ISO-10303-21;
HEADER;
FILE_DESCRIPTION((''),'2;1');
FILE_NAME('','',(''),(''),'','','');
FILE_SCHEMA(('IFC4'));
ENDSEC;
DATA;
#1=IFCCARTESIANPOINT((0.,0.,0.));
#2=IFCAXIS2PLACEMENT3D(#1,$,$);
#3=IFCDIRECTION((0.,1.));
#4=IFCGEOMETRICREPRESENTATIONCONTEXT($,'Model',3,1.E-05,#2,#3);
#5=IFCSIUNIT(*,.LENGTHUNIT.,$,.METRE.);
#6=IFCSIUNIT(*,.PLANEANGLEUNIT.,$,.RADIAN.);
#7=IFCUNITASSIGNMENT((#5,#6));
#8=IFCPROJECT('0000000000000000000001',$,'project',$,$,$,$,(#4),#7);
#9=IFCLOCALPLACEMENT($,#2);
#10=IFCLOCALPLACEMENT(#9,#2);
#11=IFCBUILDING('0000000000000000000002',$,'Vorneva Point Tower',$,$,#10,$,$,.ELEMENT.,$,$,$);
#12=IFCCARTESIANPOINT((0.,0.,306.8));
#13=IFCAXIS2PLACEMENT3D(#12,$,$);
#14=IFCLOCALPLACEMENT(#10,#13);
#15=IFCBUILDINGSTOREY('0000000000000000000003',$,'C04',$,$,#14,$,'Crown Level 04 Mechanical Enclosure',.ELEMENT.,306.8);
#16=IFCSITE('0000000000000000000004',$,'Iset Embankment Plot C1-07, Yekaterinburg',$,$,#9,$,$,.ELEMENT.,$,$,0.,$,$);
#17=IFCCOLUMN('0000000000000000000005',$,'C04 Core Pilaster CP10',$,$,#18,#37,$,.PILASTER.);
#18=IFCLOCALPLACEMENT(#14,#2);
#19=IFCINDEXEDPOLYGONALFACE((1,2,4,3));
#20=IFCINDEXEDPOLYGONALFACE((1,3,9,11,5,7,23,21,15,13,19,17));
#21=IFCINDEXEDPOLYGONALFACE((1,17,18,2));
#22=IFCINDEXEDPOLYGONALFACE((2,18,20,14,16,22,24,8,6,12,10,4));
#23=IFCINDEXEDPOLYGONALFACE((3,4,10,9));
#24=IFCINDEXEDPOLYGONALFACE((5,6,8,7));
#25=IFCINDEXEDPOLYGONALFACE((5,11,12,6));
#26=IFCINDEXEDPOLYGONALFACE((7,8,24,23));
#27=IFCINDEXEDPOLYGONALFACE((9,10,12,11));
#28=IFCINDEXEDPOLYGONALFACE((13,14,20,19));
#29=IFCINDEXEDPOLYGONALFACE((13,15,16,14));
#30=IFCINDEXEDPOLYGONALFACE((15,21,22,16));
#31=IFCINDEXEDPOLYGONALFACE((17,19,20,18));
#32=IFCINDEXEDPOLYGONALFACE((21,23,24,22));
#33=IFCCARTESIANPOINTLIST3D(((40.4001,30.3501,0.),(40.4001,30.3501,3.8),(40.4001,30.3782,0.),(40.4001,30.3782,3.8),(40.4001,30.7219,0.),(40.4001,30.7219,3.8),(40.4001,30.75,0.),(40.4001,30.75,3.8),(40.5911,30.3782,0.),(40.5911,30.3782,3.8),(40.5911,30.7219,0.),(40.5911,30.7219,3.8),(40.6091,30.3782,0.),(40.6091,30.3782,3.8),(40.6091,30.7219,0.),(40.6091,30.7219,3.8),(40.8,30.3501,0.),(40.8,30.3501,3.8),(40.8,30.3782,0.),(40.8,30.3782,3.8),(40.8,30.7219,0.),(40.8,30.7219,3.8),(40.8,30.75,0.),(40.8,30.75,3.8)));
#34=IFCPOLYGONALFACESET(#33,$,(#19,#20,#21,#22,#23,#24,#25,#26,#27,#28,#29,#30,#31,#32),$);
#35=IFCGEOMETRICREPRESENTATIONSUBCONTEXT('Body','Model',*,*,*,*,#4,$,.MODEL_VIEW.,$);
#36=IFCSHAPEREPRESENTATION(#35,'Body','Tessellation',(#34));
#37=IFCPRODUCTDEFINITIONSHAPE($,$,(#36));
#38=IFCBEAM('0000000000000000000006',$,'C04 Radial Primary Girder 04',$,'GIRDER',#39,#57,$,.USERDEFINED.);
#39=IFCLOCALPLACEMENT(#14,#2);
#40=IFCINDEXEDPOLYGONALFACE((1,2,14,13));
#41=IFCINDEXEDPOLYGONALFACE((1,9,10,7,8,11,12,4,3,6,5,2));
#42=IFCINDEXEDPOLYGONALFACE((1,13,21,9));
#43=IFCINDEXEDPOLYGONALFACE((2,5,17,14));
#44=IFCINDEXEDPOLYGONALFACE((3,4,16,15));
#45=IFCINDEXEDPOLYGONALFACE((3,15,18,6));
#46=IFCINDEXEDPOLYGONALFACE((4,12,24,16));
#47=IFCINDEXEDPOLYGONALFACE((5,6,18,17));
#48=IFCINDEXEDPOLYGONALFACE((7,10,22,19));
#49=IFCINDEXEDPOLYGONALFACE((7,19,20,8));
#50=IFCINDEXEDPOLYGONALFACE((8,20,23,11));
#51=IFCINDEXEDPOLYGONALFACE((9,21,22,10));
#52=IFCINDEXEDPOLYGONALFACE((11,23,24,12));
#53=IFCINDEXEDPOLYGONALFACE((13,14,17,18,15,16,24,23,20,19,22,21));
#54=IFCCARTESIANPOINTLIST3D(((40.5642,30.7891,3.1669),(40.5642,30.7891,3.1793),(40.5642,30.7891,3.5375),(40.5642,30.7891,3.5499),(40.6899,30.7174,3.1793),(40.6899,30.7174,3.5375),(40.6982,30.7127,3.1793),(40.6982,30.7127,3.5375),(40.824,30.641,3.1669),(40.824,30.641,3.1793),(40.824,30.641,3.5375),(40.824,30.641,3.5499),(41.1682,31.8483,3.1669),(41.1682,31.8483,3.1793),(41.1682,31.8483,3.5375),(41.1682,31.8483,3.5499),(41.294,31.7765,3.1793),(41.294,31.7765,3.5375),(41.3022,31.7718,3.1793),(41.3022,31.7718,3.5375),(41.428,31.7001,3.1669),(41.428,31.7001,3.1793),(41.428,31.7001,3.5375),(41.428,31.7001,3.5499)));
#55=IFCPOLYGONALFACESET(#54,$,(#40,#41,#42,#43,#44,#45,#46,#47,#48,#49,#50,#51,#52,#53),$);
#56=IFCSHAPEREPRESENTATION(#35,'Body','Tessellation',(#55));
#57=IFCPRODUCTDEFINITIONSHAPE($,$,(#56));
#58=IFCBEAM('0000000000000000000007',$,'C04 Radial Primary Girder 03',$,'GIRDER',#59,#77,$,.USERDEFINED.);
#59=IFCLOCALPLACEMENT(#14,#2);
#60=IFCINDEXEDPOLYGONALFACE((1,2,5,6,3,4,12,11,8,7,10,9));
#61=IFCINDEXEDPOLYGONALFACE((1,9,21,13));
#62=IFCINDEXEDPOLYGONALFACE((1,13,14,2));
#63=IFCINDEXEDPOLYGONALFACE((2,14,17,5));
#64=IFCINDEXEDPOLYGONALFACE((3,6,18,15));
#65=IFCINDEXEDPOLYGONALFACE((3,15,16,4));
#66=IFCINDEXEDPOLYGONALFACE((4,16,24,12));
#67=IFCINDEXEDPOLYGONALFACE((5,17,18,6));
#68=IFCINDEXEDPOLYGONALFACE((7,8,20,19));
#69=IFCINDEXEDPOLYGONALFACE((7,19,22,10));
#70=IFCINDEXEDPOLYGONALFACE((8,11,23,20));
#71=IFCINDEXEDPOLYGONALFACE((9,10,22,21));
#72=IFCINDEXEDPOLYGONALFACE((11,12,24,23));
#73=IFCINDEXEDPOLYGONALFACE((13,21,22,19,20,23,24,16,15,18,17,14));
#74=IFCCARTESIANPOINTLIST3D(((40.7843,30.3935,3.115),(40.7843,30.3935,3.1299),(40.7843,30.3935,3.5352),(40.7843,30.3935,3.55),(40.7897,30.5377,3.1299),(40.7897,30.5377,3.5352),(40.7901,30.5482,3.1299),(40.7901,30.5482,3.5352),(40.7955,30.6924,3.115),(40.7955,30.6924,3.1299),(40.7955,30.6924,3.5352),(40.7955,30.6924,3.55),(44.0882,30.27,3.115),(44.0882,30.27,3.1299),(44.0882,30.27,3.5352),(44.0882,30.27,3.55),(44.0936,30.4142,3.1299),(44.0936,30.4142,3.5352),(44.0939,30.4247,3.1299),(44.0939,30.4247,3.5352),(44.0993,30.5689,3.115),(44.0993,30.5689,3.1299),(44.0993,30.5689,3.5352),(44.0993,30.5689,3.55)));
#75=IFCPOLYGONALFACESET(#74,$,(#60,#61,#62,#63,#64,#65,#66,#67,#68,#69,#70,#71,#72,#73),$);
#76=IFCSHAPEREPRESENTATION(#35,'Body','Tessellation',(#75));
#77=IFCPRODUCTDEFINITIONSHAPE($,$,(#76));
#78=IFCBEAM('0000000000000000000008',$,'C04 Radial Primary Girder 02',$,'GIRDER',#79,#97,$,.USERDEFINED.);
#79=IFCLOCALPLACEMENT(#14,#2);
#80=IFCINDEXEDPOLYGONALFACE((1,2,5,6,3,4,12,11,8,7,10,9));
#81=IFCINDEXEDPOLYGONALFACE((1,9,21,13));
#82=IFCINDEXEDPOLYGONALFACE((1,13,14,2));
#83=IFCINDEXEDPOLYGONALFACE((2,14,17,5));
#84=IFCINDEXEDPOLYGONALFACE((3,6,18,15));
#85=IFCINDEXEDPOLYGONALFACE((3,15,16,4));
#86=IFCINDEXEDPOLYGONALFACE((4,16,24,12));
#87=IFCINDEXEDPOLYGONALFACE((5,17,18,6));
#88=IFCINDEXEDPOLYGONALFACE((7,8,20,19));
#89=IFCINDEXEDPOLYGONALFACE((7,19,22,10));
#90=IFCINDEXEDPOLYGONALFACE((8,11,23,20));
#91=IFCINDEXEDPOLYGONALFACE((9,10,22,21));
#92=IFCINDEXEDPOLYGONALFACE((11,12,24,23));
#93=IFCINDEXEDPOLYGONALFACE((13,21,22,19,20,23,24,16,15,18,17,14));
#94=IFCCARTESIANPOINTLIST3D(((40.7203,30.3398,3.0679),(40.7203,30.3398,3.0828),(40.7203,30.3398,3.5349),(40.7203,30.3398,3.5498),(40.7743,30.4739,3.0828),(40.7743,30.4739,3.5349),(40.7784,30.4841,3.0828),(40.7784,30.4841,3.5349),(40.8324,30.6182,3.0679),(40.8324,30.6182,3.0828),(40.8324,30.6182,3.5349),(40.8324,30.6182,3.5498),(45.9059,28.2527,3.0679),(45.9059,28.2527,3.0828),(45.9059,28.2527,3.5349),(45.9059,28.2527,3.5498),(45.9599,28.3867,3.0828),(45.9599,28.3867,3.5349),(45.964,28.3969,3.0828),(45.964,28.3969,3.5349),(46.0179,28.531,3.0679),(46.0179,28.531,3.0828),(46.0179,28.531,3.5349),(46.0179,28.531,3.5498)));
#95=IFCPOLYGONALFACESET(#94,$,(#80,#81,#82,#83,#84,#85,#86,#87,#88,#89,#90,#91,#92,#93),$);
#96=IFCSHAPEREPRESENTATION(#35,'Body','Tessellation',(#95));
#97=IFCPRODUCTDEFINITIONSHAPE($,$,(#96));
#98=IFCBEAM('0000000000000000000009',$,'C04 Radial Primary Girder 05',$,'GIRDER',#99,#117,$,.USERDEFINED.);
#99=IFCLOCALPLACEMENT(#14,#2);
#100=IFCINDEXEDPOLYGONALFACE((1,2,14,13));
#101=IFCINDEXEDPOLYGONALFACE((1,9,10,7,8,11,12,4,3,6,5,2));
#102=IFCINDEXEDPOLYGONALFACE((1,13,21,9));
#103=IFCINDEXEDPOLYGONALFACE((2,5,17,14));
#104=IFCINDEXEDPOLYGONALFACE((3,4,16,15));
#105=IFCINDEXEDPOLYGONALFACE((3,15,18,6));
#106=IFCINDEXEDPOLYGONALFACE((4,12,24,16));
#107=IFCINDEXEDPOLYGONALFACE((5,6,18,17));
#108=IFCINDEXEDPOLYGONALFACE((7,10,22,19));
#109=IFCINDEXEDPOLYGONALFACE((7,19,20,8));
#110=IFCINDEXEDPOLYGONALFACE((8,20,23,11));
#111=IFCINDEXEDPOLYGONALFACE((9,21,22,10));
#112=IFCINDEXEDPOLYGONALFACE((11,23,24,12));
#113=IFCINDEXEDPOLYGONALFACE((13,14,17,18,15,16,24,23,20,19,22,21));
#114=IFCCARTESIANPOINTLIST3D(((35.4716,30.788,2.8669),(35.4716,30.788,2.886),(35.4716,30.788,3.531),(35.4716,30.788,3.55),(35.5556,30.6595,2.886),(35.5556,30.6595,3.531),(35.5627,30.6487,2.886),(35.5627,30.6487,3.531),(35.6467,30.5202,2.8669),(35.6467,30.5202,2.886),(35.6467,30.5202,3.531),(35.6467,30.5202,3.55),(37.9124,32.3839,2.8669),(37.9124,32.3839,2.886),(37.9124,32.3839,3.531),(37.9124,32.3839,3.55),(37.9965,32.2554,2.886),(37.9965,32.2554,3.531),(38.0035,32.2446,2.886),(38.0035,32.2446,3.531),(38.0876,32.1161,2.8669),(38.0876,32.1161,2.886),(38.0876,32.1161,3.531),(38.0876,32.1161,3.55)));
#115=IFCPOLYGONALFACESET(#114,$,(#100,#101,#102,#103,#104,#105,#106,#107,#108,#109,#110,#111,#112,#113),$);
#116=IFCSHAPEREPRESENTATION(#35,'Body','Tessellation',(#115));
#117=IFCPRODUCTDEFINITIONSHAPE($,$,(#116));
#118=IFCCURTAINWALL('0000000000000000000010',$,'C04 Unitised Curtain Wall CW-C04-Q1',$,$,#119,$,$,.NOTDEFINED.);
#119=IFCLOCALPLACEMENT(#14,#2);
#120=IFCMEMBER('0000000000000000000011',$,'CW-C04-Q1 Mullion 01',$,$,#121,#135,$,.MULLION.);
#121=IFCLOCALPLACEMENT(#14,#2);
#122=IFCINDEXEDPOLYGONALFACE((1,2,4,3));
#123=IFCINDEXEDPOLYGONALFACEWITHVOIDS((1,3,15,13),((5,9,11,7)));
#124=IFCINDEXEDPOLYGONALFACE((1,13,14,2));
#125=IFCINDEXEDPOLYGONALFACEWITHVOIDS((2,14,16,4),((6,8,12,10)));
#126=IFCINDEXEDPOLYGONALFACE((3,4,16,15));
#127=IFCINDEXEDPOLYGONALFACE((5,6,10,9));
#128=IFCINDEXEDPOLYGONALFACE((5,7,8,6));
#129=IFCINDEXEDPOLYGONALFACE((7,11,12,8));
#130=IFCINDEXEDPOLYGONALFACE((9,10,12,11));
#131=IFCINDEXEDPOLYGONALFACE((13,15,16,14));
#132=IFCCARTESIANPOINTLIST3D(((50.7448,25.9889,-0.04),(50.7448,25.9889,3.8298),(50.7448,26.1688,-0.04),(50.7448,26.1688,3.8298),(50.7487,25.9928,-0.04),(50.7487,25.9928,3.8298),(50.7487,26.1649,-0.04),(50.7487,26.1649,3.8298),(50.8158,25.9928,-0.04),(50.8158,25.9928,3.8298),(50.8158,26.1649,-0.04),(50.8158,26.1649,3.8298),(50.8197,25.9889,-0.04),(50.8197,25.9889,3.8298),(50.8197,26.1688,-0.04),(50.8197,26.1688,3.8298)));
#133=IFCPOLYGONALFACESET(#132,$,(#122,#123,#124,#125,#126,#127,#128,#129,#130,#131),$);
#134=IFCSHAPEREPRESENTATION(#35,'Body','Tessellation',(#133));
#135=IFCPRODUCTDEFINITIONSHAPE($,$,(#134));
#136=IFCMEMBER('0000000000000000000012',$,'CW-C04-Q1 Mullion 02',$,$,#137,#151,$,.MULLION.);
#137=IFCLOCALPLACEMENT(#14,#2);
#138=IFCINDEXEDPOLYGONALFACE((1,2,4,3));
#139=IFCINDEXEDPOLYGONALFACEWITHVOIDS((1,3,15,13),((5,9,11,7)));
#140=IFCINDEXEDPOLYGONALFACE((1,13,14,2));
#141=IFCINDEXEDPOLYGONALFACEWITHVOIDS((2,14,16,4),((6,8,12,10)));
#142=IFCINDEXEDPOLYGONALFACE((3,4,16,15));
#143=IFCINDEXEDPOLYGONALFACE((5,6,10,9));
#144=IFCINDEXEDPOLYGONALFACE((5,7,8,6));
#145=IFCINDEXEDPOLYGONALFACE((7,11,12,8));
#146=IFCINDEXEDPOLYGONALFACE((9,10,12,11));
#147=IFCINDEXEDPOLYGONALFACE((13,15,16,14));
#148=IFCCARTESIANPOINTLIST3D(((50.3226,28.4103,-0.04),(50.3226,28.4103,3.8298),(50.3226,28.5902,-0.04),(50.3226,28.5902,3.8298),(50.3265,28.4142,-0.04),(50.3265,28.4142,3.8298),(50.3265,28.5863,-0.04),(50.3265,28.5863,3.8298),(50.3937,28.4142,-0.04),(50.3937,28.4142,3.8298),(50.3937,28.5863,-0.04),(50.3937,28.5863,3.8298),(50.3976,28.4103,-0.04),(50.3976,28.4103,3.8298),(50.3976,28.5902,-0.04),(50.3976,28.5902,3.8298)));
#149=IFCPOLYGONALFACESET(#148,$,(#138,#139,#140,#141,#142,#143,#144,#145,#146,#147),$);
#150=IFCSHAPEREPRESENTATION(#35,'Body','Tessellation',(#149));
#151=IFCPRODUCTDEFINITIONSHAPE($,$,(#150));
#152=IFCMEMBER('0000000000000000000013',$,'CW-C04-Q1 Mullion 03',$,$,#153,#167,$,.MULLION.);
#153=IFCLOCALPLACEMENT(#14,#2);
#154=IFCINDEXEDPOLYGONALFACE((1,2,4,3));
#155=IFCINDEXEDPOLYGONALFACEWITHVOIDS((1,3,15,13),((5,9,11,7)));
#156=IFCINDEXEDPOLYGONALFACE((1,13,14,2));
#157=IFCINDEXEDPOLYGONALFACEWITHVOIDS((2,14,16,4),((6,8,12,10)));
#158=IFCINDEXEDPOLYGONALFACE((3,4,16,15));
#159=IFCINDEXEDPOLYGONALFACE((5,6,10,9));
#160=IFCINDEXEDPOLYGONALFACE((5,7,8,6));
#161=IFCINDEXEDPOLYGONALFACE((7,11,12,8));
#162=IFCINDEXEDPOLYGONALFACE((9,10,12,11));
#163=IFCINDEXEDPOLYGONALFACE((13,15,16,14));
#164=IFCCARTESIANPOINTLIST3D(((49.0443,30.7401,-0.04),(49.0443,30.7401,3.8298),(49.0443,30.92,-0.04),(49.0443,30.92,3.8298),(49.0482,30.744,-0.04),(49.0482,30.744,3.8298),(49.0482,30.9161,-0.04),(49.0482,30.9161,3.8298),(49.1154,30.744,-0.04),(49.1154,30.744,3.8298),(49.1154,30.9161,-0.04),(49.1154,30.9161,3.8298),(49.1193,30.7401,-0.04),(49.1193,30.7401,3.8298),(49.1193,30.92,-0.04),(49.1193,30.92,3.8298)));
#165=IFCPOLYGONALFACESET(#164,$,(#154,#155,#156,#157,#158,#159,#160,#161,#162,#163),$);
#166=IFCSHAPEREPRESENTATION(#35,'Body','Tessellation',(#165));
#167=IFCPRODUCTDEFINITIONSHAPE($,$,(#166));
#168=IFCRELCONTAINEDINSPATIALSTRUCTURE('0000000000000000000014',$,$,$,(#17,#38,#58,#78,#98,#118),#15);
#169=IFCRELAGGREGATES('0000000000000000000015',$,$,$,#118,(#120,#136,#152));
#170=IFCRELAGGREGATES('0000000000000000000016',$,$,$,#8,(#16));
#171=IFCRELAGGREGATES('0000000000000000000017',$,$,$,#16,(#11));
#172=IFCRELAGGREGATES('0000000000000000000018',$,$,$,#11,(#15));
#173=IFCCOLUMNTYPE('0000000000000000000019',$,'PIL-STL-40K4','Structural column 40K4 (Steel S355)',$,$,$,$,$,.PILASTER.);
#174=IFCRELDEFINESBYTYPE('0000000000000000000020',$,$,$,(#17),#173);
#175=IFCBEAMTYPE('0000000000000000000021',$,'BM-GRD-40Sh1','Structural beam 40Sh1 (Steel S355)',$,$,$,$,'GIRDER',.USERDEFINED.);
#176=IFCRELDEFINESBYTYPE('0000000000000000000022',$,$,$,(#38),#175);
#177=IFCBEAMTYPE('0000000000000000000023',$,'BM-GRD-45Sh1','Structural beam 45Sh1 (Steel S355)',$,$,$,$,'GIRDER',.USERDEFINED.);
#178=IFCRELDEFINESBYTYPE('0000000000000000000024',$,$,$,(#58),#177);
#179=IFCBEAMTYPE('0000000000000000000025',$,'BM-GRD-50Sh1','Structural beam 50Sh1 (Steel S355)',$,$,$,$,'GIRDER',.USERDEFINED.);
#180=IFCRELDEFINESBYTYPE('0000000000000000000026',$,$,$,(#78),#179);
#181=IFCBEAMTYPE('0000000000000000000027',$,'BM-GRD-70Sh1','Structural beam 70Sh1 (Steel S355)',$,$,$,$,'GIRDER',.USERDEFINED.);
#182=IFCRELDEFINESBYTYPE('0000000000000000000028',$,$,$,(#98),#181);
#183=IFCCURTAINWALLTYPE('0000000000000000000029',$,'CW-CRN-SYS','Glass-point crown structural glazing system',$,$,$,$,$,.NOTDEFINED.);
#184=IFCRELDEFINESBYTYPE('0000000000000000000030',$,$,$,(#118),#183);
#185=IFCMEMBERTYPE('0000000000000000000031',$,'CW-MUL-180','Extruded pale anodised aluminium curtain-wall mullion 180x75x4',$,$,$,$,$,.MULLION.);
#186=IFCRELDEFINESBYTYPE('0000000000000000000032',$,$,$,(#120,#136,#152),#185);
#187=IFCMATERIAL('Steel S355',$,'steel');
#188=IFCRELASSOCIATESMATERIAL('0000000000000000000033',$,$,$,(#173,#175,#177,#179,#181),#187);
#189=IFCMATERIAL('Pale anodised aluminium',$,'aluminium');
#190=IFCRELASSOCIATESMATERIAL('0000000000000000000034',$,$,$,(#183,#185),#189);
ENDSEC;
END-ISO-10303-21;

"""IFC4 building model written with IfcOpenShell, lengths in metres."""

from ifc_helpers import new_model, si_unit, direction, frame, origin, origin_2d, place, context, subcontext, project, spatial, hollow_rectangle, i_section, extrude, material, material_profile, profile_set, type_object, element, aggregate, save


model = new_model("IFC4")

# Units and contexts
model_context = context("Model", 3, precision=1e-05, world=origin(), true_north=direction((0.0, 1.0)))
body_context = subcontext(model_context, "Body", "Model", "MODEL_VIEW")
ifc_project = project(units=[si_unit("LENGTHUNIT", "METRE"), si_unit("PLANEANGLEUNIT", "RADIAN")], contexts=[model_context])

# Site, building, storey
site_placement = place(None, origin())
site = spatial("IfcSite", under=ifc_project, at=site_placement, Name="Iset Embankment Plot C1-07, Yekaterinburg", CompositionType="ELEMENT", RefElevation=0.0)
building_placement = place(site_placement, origin())
building = spatial("IfcBuilding", under=site, at=building_placement, Name="Vorneva Point Tower", CompositionType="ELEMENT")
storey_placement = place(building_placement, frame((0.0, 0.0, 306.8)))
storey = spatial("IfcBuildingStorey", under=building, at=storey_placement, Name="C04", LongName="Crown Level 04 Mechanical Enclosure", CompositionType="ELEMENT", Elevation=306.8)

# Column
ifc_material_1 = material(Name="Steel S355", Category="steel")
ifc_material_profile_1 = material_profile(ifc_material_1, i_section(OverallWidth=0.3999, OverallDepth=0.3999, WebThickness=0.0181, FlangeThickness=0.0281, at=origin_2d()), Name="40K4")
ifc_profile_set_1 = profile_set([ifc_material_profile_1], Name="Steel S355")
column_type = type_object("IfcColumnType", Name="PIL-STL-40K4", Description="Structural column 40K4 (Steel S355)", PredefinedType="PILASTER", material=ifc_profile_set_1)
column_placement = place(storey_placement, frame((40.6001, 30.55, 0.0), z_axis=(0.0, 0.0, 1.0), x_axis=(1.0, 0.0, 0.0)))
element("IfcColumn", 1, at=column_placement, inside=storey, type_object=column_type, Name="C04 Core Pilaster CP10", PredefinedType="PILASTER", context=body_context, shape_type="SweptSolid", body=[
    extrude(i_section(OverallWidth=0.3999, OverallDepth=0.3999, WebThickness=0.0181, FlangeThickness=0.0281, at=origin_2d()), origin(), (0.0, 0.0, 1.0), 3.8),
])

# Beams
ifc_material_profile_2 = material_profile(ifc_material_1, i_section(OverallWidth=0.2991, OverallDepth=0.3831, WebThickness=0.0095, FlangeThickness=0.0125, at=origin_2d()), Name="40Sh1")
ifc_profile_set_2 = profile_set([ifc_material_profile_2], Name="Steel S355")
beam_type_1 = type_object("IfcBeamType", Name="BM-GRD-40Sh1", Description="Structural beam 40Sh1 (Steel S355)", ElementType="GIRDER", PredefinedType="USERDEFINED", material=ifc_profile_set_2)
beam_1_placement = place(storey_placement, frame((41.2981, 31.7742, 3.3584), z_axis=(-0.495406, -0.868662, 0.0), x_axis=(0.868662, -0.495406, 0.0)))
element("IfcBeam", 2, at=beam_1_placement, inside=storey, type_object=beam_type_1, Name="C04 Radial Primary Girder 04", ObjectType="GIRDER", PredefinedType="USERDEFINED", context=body_context, shape_type="SweptSolid", body=[
    extrude(i_section(OverallWidth=0.2991, OverallDepth=0.3831, WebThickness=0.0095, FlangeThickness=0.0125, at=origin_2d()), origin(), (0.0, 0.0, 1.0), 1.2192),
])
ifc_material_profile_3 = material_profile(ifc_material_1, i_section(OverallWidth=0.2991, OverallDepth=0.4351, WebThickness=0.0105, FlangeThickness=0.0149, at=origin_2d()), Name="45Sh1")
ifc_profile_set_3 = profile_set([ifc_material_profile_3], Name="Steel S355")
beam_type_2 = type_object("IfcBeamType", Name="BM-GRD-45Sh1", Description="Structural beam 45Sh1 (Steel S355)", ElementType="GIRDER", PredefinedType="USERDEFINED", material=ifc_profile_set_3)
beam_2_placement = place(storey_placement, frame((44.0938, 30.4194, 3.3325), z_axis=(-0.999302, 0.037364, 0.0), x_axis=(-0.037364, -0.999302, 0.0)))
element("IfcBeam", 3, at=beam_2_placement, inside=storey, type_object=beam_type_2, Name="C04 Radial Primary Girder 03", ObjectType="GIRDER", PredefinedType="USERDEFINED", context=body_context, shape_type="SweptSolid", body=[
    extrude(i_section(OverallWidth=0.2991, OverallDepth=0.4351, WebThickness=0.0105, FlangeThickness=0.0149, at=origin_2d()), origin(), (0.0, 0.0, 1.0), 3.3062),
])
ifc_material_profile_4 = material_profile(ifc_material_1, i_section(OverallWidth=0.3, OverallDepth=0.4819, WebThickness=0.011, FlangeThickness=0.0149, at=origin_2d()), Name="50Sh1")
ifc_profile_set_4 = profile_set([ifc_material_profile_4], Name="Steel S355")
beam_type_3 = type_object("IfcBeamType", Name="BM-GRD-50Sh1", Description="Structural beam 50Sh1 (Steel S355)", ElementType="GIRDER", PredefinedType="USERDEFINED", material=ifc_profile_set_4)
beam_3_placement = place(storey_placement, frame((45.9619, 28.3918, 3.3088), z_axis=(-0.927676, 0.373385, 0.0), x_axis=(-0.373385, -0.927676, 0.0)))
element("IfcBeam", 4, at=beam_3_placement, inside=storey, type_object=beam_type_3, Name="C04 Radial Primary Girder 02", ObjectType="GIRDER", PredefinedType="USERDEFINED", context=body_context, shape_type="SweptSolid", body=[
    extrude(i_section(OverallWidth=0.3, OverallDepth=0.4819, WebThickness=0.011, FlangeThickness=0.0149, at=origin_2d()), origin(), (0.0, 0.0, 1.0), 5.5898),
])
ifc_material_profile_5 = material_profile(ifc_material_1, i_section(OverallWidth=0.3201, OverallDepth=0.6831, WebThickness=0.0129, FlangeThickness=0.019, at=origin_2d()), Name="70Sh1")
ifc_profile_set_5 = profile_set([ifc_material_profile_5], Name="Steel S355")
beam_type_4 = type_object("IfcBeamType", Name="BM-GRD-70Sh1", Description="Structural beam 70Sh1 (Steel S355)", ElementType="GIRDER", PredefinedType="USERDEFINED", material=ifc_profile_set_5)
beam_4_placement = place(storey_placement, frame((38.0, 32.25, 3.2085), z_axis=(-0.836976, -0.54724, 0.0), x_axis=(0.54724, -0.836976, 0.0)))
element("IfcBeam", 5, at=beam_4_placement, inside=storey, type_object=beam_type_4, Name="C04 Radial Primary Girder 05", ObjectType="GIRDER", PredefinedType="USERDEFINED", context=body_context, shape_type="SweptSolid", body=[
    extrude(i_section(OverallWidth=0.3201, OverallDepth=0.6831, WebThickness=0.0129, FlangeThickness=0.019, at=origin_2d()), origin(), (0.0, 0.0, 1.0), 2.9163),
])

# Curtain wall, members
ifc_material_2 = material(Name="Pale anodised aluminium", Category="aluminium")
curtain_wall_type = type_object("IfcCurtainWallType", Name="CW-CRN-SYS", Description="Glass-point crown structural glazing system", PredefinedType="NOTDEFINED", material=ifc_material_2)
curtain_wall_placement = place(storey_placement, origin())
curtain_wall = element("IfcCurtainWall", 6, at=curtain_wall_placement, inside=storey, type_object=curtain_wall_type, Name="C04 Unitised Curtain Wall CW-C04-Q1", PredefinedType="NOTDEFINED")
ifc_material_profile_6 = material_profile(ifc_material_2, hollow_rectangle(XDim=0.075, YDim=0.1799, WallThickness=0.0039, at=origin_2d()), Name="AL-MUL 180x75x4")
ifc_profile_set_6 = profile_set([ifc_material_profile_6], Name="Pale anodised aluminium")
member_type_1 = type_object("IfcMemberType", Name="CW-MUL-180", Description="Extruded pale anodised aluminium curtain-wall mullion 180x75x4", PredefinedType="MULLION", material=ifc_profile_set_6)
member_1_placement = place(storey_placement, frame((50.7822, 26.0789, -0.04), z_axis=(0.0, 0.0, 1.0), x_axis=(1.0, 0.0, 0.0)))
member_1 = element("IfcMember", 7, at=member_1_placement, type_object=member_type_1, Name="CW-C04-Q1 Mullion 01", PredefinedType="MULLION", context=body_context, shape_type="SweptSolid", body=[
    extrude(hollow_rectangle(XDim=0.075, YDim=0.1799, WallThickness=0.0039, at=origin_2d()), origin(), (0.0, 0.0, 1.0), 3.8699),
])
member_2_placement = place(storey_placement, frame((50.3601, 28.5002, -0.04), z_axis=(0.0, 0.0, 1.0), x_axis=(1.0, 0.0, 0.0)))
member_2 = element("IfcMember", 8, at=member_2_placement, type_object=member_type_1, Name="CW-C04-Q1 Mullion 02", PredefinedType="MULLION", context=body_context, shape_type="SweptSolid", body=[
    extrude(hollow_rectangle(XDim=0.075, YDim=0.1799, WallThickness=0.0039, at=origin_2d()), origin(), (0.0, 0.0, 1.0), 3.8699),
])
member_3_placement = place(storey_placement, frame((49.0818, 30.8301, -0.04), z_axis=(0.0, 0.0, 1.0), x_axis=(1.0, 0.0, 0.0)))
member_3 = element("IfcMember", 9, at=member_3_placement, type_object=member_type_1, Name="CW-C04-Q1 Mullion 03", PredefinedType="MULLION", context=body_context, shape_type="SweptSolid", body=[
    extrude(hollow_rectangle(XDim=0.075, YDim=0.1799, WallThickness=0.0039, at=origin_2d()), origin(), (0.0, 0.0, 1.0), 3.8699),
])

aggregate(curtain_wall, [member_1, member_2, member_3])

save(model, "model.ifc")
